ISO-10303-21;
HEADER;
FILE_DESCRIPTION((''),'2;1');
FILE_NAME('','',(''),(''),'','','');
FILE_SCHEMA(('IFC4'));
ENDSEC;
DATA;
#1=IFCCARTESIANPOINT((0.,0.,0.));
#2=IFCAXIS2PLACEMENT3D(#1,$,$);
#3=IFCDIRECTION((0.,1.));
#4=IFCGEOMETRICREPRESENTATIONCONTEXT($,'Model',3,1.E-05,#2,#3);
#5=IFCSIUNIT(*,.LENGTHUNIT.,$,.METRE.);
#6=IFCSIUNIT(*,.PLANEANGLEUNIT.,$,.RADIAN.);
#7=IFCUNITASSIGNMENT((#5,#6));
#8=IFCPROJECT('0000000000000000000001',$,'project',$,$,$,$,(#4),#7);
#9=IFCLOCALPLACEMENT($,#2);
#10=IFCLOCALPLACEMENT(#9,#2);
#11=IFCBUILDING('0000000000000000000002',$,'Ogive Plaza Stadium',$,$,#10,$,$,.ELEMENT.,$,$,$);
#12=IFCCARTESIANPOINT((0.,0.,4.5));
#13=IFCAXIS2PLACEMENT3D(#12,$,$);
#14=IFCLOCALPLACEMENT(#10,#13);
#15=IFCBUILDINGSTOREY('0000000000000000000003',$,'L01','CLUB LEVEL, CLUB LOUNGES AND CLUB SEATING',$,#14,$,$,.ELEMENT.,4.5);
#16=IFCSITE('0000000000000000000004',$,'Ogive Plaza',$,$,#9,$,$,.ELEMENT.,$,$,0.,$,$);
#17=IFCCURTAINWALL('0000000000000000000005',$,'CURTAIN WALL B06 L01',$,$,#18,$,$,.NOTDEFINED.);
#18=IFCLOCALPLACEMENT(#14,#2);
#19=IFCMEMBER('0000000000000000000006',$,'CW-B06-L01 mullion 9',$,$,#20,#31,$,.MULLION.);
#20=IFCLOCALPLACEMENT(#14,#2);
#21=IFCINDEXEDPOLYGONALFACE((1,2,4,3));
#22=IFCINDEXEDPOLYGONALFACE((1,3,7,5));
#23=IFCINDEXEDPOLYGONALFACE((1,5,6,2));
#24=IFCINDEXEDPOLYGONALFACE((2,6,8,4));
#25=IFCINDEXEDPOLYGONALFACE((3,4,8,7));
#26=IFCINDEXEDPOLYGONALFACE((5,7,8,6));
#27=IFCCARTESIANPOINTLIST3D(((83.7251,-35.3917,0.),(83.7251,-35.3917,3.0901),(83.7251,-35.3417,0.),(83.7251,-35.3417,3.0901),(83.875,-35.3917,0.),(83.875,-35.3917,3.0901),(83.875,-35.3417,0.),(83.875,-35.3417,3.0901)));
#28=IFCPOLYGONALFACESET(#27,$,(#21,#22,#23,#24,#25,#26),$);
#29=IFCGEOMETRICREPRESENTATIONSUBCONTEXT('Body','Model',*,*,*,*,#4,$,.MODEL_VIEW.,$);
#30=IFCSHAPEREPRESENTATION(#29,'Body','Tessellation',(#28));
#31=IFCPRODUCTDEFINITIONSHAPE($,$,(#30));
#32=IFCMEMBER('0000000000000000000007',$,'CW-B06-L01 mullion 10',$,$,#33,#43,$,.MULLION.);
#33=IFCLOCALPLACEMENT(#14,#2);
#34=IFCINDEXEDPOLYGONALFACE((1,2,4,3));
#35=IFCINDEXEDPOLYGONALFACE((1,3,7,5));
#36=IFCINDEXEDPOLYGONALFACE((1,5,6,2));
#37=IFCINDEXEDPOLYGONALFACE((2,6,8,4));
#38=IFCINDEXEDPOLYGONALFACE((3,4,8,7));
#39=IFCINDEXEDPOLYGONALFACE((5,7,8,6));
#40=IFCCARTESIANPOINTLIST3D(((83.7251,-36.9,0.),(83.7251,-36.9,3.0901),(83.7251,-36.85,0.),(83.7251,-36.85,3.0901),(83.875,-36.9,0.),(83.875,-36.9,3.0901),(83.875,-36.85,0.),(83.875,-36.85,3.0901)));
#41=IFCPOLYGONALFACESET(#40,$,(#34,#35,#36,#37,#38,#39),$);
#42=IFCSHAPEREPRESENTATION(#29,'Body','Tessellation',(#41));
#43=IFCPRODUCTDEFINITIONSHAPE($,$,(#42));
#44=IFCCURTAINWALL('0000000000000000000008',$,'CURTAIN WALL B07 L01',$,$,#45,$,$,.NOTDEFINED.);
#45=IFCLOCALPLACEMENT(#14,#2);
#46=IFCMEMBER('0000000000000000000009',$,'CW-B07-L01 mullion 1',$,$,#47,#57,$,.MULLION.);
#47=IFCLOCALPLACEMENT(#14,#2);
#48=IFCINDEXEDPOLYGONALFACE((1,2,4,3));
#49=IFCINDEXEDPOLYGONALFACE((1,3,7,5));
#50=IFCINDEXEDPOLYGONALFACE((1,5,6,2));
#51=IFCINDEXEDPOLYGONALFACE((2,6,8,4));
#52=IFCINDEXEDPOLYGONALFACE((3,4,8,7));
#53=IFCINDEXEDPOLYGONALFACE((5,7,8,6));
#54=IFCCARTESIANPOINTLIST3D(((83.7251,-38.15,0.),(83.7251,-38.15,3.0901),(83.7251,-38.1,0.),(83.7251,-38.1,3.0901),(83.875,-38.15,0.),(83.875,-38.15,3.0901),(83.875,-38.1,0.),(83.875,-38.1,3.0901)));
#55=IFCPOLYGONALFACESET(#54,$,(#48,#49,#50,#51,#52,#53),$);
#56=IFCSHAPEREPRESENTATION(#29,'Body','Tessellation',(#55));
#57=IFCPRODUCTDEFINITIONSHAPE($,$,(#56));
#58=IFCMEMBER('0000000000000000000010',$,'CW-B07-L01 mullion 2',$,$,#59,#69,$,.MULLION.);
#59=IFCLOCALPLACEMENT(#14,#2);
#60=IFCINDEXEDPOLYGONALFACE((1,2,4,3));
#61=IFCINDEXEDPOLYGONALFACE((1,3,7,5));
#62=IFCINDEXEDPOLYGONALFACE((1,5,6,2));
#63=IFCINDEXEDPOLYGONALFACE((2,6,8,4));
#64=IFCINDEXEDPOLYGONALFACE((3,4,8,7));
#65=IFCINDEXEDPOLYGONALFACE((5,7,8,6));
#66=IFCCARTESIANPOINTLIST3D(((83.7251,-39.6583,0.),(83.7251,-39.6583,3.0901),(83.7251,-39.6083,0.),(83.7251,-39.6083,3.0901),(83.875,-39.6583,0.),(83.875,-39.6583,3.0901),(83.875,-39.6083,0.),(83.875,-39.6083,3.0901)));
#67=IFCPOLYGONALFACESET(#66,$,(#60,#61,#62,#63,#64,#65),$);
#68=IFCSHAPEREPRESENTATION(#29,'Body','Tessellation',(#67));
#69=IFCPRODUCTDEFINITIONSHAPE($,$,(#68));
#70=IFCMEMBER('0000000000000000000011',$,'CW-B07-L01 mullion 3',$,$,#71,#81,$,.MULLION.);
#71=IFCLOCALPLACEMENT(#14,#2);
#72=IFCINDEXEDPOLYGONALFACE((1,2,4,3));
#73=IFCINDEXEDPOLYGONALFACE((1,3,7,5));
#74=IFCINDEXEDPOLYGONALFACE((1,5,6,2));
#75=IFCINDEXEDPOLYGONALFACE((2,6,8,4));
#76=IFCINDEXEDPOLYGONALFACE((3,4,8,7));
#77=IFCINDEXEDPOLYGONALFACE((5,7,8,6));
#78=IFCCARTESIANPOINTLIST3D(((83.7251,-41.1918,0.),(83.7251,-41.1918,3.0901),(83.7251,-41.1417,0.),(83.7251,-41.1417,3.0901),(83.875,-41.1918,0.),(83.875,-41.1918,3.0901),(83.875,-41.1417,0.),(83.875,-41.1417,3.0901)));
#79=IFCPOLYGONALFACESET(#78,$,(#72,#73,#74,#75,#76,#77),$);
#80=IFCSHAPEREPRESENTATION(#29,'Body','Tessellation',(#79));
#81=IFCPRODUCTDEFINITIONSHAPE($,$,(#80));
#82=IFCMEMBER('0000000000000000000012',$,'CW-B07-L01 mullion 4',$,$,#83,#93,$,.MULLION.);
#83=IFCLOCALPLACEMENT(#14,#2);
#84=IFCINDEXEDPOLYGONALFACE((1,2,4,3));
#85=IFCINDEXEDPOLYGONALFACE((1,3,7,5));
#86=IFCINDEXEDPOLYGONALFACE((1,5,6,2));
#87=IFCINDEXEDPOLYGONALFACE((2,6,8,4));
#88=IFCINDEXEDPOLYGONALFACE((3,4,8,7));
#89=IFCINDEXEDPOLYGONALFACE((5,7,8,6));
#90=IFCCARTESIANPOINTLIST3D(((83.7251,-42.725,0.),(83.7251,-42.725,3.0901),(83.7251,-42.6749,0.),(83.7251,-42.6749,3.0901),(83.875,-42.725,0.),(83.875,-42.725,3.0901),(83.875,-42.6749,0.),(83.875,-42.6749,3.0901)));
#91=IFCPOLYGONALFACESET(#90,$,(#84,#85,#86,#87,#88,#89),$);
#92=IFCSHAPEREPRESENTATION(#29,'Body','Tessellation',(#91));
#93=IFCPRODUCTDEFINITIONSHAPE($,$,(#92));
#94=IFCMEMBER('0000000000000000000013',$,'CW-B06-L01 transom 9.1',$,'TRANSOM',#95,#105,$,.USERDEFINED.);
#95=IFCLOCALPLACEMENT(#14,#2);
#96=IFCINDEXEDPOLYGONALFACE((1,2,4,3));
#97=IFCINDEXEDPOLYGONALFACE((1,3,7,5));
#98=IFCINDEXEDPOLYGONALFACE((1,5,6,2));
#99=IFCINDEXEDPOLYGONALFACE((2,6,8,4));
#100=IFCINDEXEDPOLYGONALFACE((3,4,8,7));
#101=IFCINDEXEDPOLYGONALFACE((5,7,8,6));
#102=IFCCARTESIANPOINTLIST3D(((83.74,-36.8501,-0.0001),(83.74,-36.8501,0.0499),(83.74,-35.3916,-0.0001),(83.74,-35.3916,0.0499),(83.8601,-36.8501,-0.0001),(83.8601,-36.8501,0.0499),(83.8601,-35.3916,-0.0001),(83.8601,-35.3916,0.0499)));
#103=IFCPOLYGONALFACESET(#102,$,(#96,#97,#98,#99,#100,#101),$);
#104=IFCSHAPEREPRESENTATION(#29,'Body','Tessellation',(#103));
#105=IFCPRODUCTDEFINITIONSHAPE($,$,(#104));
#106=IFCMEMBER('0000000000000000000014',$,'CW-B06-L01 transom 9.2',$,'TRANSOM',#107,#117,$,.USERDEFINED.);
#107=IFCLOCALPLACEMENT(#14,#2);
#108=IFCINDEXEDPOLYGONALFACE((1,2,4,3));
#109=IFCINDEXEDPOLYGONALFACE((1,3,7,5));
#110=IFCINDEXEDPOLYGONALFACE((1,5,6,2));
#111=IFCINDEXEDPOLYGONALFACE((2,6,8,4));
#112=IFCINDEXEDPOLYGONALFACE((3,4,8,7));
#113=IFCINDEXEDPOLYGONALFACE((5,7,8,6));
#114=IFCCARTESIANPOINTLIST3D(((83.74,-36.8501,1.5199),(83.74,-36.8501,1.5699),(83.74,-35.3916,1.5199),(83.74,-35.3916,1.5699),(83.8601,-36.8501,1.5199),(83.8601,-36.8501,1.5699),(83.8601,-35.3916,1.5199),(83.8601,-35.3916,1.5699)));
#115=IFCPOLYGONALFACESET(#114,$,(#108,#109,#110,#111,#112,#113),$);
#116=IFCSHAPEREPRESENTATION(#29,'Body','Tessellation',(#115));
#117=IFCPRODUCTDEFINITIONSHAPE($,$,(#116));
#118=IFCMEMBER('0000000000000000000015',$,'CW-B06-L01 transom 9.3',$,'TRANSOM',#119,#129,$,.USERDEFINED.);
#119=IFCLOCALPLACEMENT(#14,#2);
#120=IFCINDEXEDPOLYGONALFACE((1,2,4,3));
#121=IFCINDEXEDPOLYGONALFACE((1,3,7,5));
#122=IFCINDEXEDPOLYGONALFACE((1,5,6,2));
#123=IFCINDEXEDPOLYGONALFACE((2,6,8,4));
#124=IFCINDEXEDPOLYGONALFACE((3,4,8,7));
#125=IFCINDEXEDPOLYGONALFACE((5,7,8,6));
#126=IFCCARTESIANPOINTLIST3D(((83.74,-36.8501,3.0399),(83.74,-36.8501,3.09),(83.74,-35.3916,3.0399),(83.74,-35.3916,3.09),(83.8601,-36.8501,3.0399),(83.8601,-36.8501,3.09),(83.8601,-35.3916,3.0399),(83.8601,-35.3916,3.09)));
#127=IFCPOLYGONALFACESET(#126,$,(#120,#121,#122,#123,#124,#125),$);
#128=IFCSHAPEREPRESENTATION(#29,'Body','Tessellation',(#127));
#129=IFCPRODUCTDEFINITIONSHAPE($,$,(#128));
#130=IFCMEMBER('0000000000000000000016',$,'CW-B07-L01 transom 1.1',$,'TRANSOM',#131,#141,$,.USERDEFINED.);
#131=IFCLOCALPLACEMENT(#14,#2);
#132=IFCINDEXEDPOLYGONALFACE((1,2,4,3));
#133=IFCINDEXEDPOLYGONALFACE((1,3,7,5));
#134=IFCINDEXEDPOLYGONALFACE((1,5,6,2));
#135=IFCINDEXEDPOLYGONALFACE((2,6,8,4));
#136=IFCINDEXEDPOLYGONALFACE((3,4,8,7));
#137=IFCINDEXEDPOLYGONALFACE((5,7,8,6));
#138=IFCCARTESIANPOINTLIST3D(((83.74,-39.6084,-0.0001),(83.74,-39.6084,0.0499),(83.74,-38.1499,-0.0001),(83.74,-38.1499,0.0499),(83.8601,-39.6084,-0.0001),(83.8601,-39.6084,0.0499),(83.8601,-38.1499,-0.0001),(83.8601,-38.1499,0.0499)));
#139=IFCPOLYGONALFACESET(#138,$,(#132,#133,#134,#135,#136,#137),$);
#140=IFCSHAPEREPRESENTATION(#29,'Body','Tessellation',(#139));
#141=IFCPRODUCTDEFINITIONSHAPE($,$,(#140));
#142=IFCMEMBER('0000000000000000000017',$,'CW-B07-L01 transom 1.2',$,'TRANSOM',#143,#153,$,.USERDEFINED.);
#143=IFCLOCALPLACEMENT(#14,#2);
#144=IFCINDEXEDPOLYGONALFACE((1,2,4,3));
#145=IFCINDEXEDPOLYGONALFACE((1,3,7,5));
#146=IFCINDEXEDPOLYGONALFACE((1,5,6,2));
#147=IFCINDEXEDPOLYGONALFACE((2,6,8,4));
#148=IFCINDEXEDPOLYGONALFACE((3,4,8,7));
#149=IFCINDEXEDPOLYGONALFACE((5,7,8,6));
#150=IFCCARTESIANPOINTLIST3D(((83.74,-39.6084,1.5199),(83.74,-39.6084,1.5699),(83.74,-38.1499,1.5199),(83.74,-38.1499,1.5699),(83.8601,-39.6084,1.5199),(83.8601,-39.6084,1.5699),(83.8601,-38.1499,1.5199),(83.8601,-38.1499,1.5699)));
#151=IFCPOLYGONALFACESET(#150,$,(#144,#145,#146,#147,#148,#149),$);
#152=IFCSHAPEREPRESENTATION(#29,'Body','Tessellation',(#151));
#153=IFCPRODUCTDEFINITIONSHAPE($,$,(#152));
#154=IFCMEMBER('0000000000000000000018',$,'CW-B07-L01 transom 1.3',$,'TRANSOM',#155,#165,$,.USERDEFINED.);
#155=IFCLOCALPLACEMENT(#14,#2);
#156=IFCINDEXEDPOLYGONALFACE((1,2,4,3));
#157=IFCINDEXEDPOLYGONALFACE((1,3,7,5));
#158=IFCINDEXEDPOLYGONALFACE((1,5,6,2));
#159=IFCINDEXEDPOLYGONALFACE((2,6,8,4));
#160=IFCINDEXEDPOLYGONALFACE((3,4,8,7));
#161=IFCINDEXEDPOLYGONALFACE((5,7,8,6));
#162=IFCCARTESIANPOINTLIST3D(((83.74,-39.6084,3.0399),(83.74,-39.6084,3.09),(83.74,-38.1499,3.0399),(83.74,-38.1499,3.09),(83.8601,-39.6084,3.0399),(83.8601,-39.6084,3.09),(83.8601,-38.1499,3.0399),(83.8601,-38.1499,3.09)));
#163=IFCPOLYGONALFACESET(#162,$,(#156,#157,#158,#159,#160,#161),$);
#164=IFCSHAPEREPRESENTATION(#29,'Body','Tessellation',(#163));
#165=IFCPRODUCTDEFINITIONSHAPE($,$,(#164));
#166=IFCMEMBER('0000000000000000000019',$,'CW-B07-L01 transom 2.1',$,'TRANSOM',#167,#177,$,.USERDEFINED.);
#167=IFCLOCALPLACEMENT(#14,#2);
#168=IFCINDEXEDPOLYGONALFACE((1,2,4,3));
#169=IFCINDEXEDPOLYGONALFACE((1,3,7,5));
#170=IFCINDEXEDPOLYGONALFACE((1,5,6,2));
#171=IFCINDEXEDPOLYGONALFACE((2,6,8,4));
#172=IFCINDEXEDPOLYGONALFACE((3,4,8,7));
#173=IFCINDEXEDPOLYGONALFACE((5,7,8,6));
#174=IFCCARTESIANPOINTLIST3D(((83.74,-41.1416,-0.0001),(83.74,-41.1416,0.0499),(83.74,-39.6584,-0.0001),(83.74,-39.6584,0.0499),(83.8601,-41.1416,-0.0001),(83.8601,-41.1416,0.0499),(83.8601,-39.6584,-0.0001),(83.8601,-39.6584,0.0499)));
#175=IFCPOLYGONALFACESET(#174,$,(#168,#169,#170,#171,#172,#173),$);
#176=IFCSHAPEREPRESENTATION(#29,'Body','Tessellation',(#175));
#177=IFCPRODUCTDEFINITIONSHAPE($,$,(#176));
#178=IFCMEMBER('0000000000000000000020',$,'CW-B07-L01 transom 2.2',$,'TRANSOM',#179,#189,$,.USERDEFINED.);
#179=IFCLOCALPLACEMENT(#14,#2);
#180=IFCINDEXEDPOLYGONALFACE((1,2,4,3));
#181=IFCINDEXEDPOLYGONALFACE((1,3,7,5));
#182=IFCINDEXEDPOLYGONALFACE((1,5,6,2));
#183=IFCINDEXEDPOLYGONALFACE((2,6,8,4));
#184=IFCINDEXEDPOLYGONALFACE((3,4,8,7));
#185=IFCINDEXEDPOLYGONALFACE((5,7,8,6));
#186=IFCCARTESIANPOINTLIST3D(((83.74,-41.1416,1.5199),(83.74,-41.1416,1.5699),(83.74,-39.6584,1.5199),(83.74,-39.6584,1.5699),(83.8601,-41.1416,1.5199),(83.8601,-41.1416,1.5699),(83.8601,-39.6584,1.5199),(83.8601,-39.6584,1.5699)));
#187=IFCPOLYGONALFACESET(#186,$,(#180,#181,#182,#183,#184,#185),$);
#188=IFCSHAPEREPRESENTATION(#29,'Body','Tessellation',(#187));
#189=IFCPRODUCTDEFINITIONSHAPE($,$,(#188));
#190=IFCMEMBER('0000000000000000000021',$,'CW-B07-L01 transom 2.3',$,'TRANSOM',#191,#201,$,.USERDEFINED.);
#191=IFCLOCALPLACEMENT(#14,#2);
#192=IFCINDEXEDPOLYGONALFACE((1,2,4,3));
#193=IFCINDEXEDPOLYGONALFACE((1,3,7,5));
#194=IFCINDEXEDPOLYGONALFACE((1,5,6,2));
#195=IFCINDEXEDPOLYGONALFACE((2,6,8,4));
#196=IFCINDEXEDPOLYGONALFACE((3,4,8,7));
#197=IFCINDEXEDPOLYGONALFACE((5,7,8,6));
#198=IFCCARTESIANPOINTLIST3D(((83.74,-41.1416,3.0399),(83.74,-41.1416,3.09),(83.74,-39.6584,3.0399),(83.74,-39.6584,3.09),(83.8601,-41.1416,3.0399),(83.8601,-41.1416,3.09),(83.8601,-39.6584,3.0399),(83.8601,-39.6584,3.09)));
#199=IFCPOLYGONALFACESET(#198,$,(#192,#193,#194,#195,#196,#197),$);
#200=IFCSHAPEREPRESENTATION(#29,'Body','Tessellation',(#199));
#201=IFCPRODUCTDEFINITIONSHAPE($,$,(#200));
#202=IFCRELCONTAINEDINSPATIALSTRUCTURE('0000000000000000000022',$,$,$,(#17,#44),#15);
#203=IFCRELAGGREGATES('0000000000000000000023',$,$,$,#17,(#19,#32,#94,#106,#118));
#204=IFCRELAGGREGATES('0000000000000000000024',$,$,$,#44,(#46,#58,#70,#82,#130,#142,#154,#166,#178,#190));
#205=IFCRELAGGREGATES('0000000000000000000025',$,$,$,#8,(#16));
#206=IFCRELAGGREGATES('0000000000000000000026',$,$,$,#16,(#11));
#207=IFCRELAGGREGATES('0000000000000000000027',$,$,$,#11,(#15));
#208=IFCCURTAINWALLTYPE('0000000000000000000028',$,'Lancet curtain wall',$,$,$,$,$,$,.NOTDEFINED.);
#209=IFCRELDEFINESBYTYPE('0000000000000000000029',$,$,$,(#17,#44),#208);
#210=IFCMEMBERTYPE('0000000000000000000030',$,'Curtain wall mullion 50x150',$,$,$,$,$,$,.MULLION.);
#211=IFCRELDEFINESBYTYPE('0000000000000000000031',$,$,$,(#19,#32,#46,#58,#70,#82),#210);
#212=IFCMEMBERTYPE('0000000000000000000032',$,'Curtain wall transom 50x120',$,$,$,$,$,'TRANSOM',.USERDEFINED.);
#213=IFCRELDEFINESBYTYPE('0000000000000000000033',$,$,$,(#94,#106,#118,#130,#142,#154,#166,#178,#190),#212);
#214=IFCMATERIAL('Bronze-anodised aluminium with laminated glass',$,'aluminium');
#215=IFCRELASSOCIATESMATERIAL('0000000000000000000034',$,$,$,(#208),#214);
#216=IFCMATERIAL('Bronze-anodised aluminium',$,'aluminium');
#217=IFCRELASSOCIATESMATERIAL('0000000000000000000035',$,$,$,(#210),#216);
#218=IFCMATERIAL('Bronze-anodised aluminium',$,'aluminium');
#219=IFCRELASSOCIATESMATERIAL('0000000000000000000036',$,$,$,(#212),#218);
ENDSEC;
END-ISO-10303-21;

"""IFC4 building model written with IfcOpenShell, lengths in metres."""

from ifc_helpers import new_model, si_unit, direction, frame, origin, origin_2d, place, context, subcontext, project, spatial, rectangle, extrude, material, material_profile, profile_set, type_object, element, aggregate, save


model = new_model("IFC4")

# Units and contexts
model_context = context("Model", 3, precision=1e-05, world=origin(), true_north=direction((0.0, 1.0)))
body_context = subcontext(model_context, "Body", "Model", "MODEL_VIEW")
ifc_project = project(units=[si_unit("LENGTHUNIT", "METRE"), si_unit("PLANEANGLEUNIT", "RADIAN")], contexts=[model_context])

# Site, building, storey
site_placement = place(None, origin())
site = spatial("IfcSite", under=ifc_project, at=site_placement, Name="Ogive Plaza", CompositionType="ELEMENT", RefElevation=0.0)
building_placement = place(site_placement, origin())
building = spatial("IfcBuilding", under=site, at=building_placement, Name="Ogive Plaza Stadium", CompositionType="ELEMENT")
storey_placement = place(building_placement, frame((0.0, 0.0, 4.5)))
storey = spatial("IfcBuildingStorey", under=building, at=storey_placement, Name="L01", Description="CLUB LEVEL, CLUB LOUNGES AND CLUB SEATING", CompositionType="ELEMENT", Elevation=4.5)

# Curtain walls, members
ifc_material_1 = material(Name="Bronze-anodised aluminium with laminated glass", Category="aluminium")
curtain_wall_type = type_object("IfcCurtainWallType", Name="Lancet curtain wall", PredefinedType="NOTDEFINED", material=ifc_material_1)
curtain_wall_1_placement = place(storey_placement, origin())
curtain_wall_1 = element("IfcCurtainWall", 1, at=curtain_wall_1_placement, inside=storey, type_object=curtain_wall_type, Name="CURTAIN WALL B06 L01", PredefinedType="NOTDEFINED")
ifc_material_2 = material(Name="Bronze-anodised aluminium", Category="aluminium")
ifc_material_profile_1 = material_profile(ifc_material_2, rectangle(XDim=0.1499, YDim=0.05, at=origin_2d()), Name="AL 150x50")
ifc_profile_set_1 = profile_set([ifc_material_profile_1], Name="Bronze-anodised aluminium")
member_type_1 = type_object("IfcMemberType", Name="Curtain wall mullion 50x150", PredefinedType="MULLION", material=ifc_profile_set_1)
member_1_placement = place(storey_placement, frame((83.8, -35.3667, 0.0), z_axis=(0.0, 0.0, 1.0), x_axis=(1.0, 0.0, 0.0)))
member_1 = element("IfcMember", 2, at=member_1_placement, type_object=member_type_1, Name="CW-B06-L01 mullion 9", PredefinedType="MULLION", context=body_context, shape_type="SweptSolid", body=[
    extrude(rectangle(XDim=0.1499, YDim=0.05, at=origin_2d()), origin(), (0.0, 0.0, 1.0), 3.0901),
])
member_2_placement = place(storey_placement, frame((83.8, -36.875, 0.0), z_axis=(0.0, 0.0, 1.0), x_axis=(1.0, 0.0, 0.0)))
member_2 = element("IfcMember", 3, at=member_2_placement, type_object=member_type_1, Name="CW-B06-L01 mullion 10", PredefinedType="MULLION", context=body_context, shape_type="SweptSolid", body=[
    extrude(rectangle(XDim=0.1499, YDim=0.05, at=origin_2d()), origin(), (0.0, 0.0, 1.0), 3.0901),
])
curtain_wall_2_placement = place(storey_placement, origin())
curtain_wall_2 = element("IfcCurtainWall", 4, at=curtain_wall_2_placement, inside=storey, type_object=curtain_wall_type, Name="CURTAIN WALL B07 L01", PredefinedType="NOTDEFINED")
member_3_placement = place(storey_placement, frame((83.8, -38.125, 0.0), z_axis=(0.0, 0.0, 1.0), x_axis=(1.0, 0.0, 0.0)))
member_3 = element("IfcMember", 5, at=member_3_placement, type_object=member_type_1, Name="CW-B07-L01 mullion 1", PredefinedType="MULLION", context=body_context, shape_type="SweptSolid", body=[
    extrude(rectangle(XDim=0.1499, YDim=0.05, at=origin_2d()), origin(), (0.0, 0.0, 1.0), 3.0901),
])
member_4_placement = place(storey_placement, frame((83.8, -39.6333, 0.0), z_axis=(0.0, 0.0, 1.0), x_axis=(1.0, 0.0, 0.0)))
member_4 = element("IfcMember", 6, at=member_4_placement, type_object=member_type_1, Name="CW-B07-L01 mullion 2", PredefinedType="MULLION", context=body_context, shape_type="SweptSolid", body=[
    extrude(rectangle(XDim=0.1499, YDim=0.05, at=origin_2d()), origin(), (0.0, 0.0, 1.0), 3.0901),
])
member_5_placement = place(storey_placement, frame((83.8, -41.1667, 0.0), z_axis=(0.0, 0.0, 1.0), x_axis=(1.0, 0.0, 0.0)))
member_5 = element("IfcMember", 7, at=member_5_placement, type_object=member_type_1, Name="CW-B07-L01 mullion 3", PredefinedType="MULLION", context=body_context, shape_type="SweptSolid", body=[
    extrude(rectangle(XDim=0.1499, YDim=0.05, at=origin_2d()), origin(), (0.0, 0.0, 1.0), 3.0901),
])
member_6_placement = place(storey_placement, frame((83.8, -42.7, 0.0), z_axis=(0.0, 0.0, 1.0), x_axis=(1.0, 0.0, 0.0)))
member_6 = element("IfcMember", 8, at=member_6_placement, type_object=member_type_1, Name="CW-B07-L01 mullion 4", PredefinedType="MULLION", context=body_context, shape_type="SweptSolid", body=[
    extrude(rectangle(XDim=0.1499, YDim=0.05, at=origin_2d()), origin(), (0.0, 0.0, 1.0), 3.0901),
])

# Members
ifc_material_3 = material(Name="Bronze-anodised aluminium", Category="aluminium")
ifc_material_profile_2 = material_profile(ifc_material_3, rectangle(XDim=0.1201, YDim=0.05, at=origin_2d()), Name="AL 120x50")
ifc_profile_set_2 = profile_set([ifc_material_profile_2], Name="Bronze-anodised aluminium")
member_type_2 = type_object("IfcMemberType", Name="Curtain wall transom 50x120", ElementType="TRANSOM", PredefinedType="USERDEFINED", material=ifc_profile_set_2)
member_7_placement = place(storey_placement, frame((83.8, -35.3916, 0.0249), z_axis=(0.0, -1.0, 0.0), x_axis=(1.0, 0.0, 0.0)))
member_7 = element("IfcMember", 9, at=member_7_placement, type_object=member_type_2, Name="CW-B06-L01 transom 9.1", ObjectType="TRANSOM", PredefinedType="USERDEFINED", context=body_context, shape_type="SweptSolid", body=[
    extrude(rectangle(XDim=0.1201, YDim=0.05, at=origin_2d()), origin(), (0.0, 0.0, 1.0), 1.4585),
])
member_8_placement = place(storey_placement, frame((83.8, -35.3916, 1.5449), z_axis=(0.0, -1.0, 0.0), x_axis=(1.0, 0.0, 0.0)))
member_8 = element("IfcMember", 10, at=member_8_placement, type_object=member_type_2, Name="CW-B06-L01 transom 9.2", ObjectType="TRANSOM", PredefinedType="USERDEFINED", context=body_context, shape_type="SweptSolid", body=[
    extrude(rectangle(XDim=0.1201, YDim=0.05, at=origin_2d()), origin(), (0.0, 0.0, 1.0), 1.4585),
])
member_9_placement = place(storey_placement, frame((83.8, -35.3916, 3.0649), z_axis=(0.0, -1.0, 0.0), x_axis=(1.0, 0.0, 0.0)))
member_9 = element("IfcMember", 11, at=member_9_placement, type_object=member_type_2, Name="CW-B06-L01 transom 9.3", ObjectType="TRANSOM", PredefinedType="USERDEFINED", context=body_context, shape_type="SweptSolid", body=[
    extrude(rectangle(XDim=0.1201, YDim=0.05, at=origin_2d()), origin(), (0.0, 0.0, 1.0), 1.4585),
])
member_10_placement = place(storey_placement, frame((83.8, -38.1499, 0.0249), z_axis=(0.0, -1.0, 0.0), x_axis=(1.0, 0.0, 0.0)))
member_10 = element("IfcMember", 12, at=member_10_placement, type_object=member_type_2, Name="CW-B07-L01 transom 1.1", ObjectType="TRANSOM", PredefinedType="USERDEFINED", context=body_context, shape_type="SweptSolid", body=[
    extrude(rectangle(XDim=0.1201, YDim=0.05, at=origin_2d()), origin(), (0.0, 0.0, 1.0), 1.4585),
])
member_11_placement = place(storey_placement, frame((83.8, -38.1499, 1.5449), z_axis=(0.0, -1.0, 0.0), x_axis=(1.0, 0.0, 0.0)))
member_11 = element("IfcMember", 13, at=member_11_placement, type_object=member_type_2, Name="CW-B07-L01 transom 1.2", ObjectType="TRANSOM", PredefinedType="USERDEFINED", context=body_context, shape_type="SweptSolid", body=[
    extrude(rectangle(XDim=0.1201, YDim=0.05, at=origin_2d()), origin(), (0.0, 0.0, 1.0), 1.4585),
])
member_12_placement = place(storey_placement, frame((83.8, -38.1499, 3.0649), z_axis=(0.0, -1.0, 0.0), x_axis=(1.0, 0.0, 0.0)))
member_12 = element("IfcMember", 14, at=member_12_placement, type_object=member_type_2, Name="CW-B07-L01 transom 1.3", ObjectType="TRANSOM", PredefinedType="USERDEFINED", context=body_context, shape_type="SweptSolid", body=[
    extrude(rectangle(XDim=0.1201, YDim=0.05, at=origin_2d()), origin(), (0.0, 0.0, 1.0), 1.4585),
])
member_13_placement = place(storey_placement, frame((83.8, -39.6584, 0.0249), z_axis=(0.0, -1.0, 0.0), x_axis=(1.0, 0.0, 0.0)))
member_13 = element("IfcMember", 15, at=member_13_placement, type_object=member_type_2, Name="CW-B07-L01 transom 2.1", ObjectType="TRANSOM", PredefinedType="USERDEFINED", context=body_context, shape_type="SweptSolid", body=[
    extrude(rectangle(XDim=0.1201, YDim=0.05, at=origin_2d()), origin(), (0.0, 0.0, 1.0), 1.4832),
])
member_14_placement = place(storey_placement, frame((83.8, -39.6584, 1.5449), z_axis=(0.0, -1.0, 0.0), x_axis=(1.0, 0.0, 0.0)))
member_14 = element("IfcMember", 16, at=member_14_placement, type_object=member_type_2, Name="CW-B07-L01 transom 2.2", ObjectType="TRANSOM", PredefinedType="USERDEFINED", context=body_context, shape_type="SweptSolid", body=[
    extrude(rectangle(XDim=0.1201, YDim=0.05, at=origin_2d()), origin(), (0.0, 0.0, 1.0), 1.4832),
])
member_15_placement = place(storey_placement, frame((83.8, -39.6584, 3.0649), z_axis=(0.0, -1.0, 0.0), x_axis=(1.0, 0.0, 0.0)))
member_15 = element("IfcMember", 17, at=member_15_placement, type_object=member_type_2, Name="CW-B07-L01 transom 2.3", ObjectType="TRANSOM", PredefinedType="USERDEFINED", context=body_context, shape_type="SweptSolid", body=[
    extrude(rectangle(XDim=0.1201, YDim=0.05, at=origin_2d()), origin(), (0.0, 0.0, 1.0), 1.4832),
])

aggregate(curtain_wall_1, [member_1, member_2, member_7, member_8, member_9])
aggregate(curtain_wall_2, [member_3, member_4, member_5, member_6, member_10, member_11, member_12, member_13, member_14, member_15])

save(model, "model.ifc")
